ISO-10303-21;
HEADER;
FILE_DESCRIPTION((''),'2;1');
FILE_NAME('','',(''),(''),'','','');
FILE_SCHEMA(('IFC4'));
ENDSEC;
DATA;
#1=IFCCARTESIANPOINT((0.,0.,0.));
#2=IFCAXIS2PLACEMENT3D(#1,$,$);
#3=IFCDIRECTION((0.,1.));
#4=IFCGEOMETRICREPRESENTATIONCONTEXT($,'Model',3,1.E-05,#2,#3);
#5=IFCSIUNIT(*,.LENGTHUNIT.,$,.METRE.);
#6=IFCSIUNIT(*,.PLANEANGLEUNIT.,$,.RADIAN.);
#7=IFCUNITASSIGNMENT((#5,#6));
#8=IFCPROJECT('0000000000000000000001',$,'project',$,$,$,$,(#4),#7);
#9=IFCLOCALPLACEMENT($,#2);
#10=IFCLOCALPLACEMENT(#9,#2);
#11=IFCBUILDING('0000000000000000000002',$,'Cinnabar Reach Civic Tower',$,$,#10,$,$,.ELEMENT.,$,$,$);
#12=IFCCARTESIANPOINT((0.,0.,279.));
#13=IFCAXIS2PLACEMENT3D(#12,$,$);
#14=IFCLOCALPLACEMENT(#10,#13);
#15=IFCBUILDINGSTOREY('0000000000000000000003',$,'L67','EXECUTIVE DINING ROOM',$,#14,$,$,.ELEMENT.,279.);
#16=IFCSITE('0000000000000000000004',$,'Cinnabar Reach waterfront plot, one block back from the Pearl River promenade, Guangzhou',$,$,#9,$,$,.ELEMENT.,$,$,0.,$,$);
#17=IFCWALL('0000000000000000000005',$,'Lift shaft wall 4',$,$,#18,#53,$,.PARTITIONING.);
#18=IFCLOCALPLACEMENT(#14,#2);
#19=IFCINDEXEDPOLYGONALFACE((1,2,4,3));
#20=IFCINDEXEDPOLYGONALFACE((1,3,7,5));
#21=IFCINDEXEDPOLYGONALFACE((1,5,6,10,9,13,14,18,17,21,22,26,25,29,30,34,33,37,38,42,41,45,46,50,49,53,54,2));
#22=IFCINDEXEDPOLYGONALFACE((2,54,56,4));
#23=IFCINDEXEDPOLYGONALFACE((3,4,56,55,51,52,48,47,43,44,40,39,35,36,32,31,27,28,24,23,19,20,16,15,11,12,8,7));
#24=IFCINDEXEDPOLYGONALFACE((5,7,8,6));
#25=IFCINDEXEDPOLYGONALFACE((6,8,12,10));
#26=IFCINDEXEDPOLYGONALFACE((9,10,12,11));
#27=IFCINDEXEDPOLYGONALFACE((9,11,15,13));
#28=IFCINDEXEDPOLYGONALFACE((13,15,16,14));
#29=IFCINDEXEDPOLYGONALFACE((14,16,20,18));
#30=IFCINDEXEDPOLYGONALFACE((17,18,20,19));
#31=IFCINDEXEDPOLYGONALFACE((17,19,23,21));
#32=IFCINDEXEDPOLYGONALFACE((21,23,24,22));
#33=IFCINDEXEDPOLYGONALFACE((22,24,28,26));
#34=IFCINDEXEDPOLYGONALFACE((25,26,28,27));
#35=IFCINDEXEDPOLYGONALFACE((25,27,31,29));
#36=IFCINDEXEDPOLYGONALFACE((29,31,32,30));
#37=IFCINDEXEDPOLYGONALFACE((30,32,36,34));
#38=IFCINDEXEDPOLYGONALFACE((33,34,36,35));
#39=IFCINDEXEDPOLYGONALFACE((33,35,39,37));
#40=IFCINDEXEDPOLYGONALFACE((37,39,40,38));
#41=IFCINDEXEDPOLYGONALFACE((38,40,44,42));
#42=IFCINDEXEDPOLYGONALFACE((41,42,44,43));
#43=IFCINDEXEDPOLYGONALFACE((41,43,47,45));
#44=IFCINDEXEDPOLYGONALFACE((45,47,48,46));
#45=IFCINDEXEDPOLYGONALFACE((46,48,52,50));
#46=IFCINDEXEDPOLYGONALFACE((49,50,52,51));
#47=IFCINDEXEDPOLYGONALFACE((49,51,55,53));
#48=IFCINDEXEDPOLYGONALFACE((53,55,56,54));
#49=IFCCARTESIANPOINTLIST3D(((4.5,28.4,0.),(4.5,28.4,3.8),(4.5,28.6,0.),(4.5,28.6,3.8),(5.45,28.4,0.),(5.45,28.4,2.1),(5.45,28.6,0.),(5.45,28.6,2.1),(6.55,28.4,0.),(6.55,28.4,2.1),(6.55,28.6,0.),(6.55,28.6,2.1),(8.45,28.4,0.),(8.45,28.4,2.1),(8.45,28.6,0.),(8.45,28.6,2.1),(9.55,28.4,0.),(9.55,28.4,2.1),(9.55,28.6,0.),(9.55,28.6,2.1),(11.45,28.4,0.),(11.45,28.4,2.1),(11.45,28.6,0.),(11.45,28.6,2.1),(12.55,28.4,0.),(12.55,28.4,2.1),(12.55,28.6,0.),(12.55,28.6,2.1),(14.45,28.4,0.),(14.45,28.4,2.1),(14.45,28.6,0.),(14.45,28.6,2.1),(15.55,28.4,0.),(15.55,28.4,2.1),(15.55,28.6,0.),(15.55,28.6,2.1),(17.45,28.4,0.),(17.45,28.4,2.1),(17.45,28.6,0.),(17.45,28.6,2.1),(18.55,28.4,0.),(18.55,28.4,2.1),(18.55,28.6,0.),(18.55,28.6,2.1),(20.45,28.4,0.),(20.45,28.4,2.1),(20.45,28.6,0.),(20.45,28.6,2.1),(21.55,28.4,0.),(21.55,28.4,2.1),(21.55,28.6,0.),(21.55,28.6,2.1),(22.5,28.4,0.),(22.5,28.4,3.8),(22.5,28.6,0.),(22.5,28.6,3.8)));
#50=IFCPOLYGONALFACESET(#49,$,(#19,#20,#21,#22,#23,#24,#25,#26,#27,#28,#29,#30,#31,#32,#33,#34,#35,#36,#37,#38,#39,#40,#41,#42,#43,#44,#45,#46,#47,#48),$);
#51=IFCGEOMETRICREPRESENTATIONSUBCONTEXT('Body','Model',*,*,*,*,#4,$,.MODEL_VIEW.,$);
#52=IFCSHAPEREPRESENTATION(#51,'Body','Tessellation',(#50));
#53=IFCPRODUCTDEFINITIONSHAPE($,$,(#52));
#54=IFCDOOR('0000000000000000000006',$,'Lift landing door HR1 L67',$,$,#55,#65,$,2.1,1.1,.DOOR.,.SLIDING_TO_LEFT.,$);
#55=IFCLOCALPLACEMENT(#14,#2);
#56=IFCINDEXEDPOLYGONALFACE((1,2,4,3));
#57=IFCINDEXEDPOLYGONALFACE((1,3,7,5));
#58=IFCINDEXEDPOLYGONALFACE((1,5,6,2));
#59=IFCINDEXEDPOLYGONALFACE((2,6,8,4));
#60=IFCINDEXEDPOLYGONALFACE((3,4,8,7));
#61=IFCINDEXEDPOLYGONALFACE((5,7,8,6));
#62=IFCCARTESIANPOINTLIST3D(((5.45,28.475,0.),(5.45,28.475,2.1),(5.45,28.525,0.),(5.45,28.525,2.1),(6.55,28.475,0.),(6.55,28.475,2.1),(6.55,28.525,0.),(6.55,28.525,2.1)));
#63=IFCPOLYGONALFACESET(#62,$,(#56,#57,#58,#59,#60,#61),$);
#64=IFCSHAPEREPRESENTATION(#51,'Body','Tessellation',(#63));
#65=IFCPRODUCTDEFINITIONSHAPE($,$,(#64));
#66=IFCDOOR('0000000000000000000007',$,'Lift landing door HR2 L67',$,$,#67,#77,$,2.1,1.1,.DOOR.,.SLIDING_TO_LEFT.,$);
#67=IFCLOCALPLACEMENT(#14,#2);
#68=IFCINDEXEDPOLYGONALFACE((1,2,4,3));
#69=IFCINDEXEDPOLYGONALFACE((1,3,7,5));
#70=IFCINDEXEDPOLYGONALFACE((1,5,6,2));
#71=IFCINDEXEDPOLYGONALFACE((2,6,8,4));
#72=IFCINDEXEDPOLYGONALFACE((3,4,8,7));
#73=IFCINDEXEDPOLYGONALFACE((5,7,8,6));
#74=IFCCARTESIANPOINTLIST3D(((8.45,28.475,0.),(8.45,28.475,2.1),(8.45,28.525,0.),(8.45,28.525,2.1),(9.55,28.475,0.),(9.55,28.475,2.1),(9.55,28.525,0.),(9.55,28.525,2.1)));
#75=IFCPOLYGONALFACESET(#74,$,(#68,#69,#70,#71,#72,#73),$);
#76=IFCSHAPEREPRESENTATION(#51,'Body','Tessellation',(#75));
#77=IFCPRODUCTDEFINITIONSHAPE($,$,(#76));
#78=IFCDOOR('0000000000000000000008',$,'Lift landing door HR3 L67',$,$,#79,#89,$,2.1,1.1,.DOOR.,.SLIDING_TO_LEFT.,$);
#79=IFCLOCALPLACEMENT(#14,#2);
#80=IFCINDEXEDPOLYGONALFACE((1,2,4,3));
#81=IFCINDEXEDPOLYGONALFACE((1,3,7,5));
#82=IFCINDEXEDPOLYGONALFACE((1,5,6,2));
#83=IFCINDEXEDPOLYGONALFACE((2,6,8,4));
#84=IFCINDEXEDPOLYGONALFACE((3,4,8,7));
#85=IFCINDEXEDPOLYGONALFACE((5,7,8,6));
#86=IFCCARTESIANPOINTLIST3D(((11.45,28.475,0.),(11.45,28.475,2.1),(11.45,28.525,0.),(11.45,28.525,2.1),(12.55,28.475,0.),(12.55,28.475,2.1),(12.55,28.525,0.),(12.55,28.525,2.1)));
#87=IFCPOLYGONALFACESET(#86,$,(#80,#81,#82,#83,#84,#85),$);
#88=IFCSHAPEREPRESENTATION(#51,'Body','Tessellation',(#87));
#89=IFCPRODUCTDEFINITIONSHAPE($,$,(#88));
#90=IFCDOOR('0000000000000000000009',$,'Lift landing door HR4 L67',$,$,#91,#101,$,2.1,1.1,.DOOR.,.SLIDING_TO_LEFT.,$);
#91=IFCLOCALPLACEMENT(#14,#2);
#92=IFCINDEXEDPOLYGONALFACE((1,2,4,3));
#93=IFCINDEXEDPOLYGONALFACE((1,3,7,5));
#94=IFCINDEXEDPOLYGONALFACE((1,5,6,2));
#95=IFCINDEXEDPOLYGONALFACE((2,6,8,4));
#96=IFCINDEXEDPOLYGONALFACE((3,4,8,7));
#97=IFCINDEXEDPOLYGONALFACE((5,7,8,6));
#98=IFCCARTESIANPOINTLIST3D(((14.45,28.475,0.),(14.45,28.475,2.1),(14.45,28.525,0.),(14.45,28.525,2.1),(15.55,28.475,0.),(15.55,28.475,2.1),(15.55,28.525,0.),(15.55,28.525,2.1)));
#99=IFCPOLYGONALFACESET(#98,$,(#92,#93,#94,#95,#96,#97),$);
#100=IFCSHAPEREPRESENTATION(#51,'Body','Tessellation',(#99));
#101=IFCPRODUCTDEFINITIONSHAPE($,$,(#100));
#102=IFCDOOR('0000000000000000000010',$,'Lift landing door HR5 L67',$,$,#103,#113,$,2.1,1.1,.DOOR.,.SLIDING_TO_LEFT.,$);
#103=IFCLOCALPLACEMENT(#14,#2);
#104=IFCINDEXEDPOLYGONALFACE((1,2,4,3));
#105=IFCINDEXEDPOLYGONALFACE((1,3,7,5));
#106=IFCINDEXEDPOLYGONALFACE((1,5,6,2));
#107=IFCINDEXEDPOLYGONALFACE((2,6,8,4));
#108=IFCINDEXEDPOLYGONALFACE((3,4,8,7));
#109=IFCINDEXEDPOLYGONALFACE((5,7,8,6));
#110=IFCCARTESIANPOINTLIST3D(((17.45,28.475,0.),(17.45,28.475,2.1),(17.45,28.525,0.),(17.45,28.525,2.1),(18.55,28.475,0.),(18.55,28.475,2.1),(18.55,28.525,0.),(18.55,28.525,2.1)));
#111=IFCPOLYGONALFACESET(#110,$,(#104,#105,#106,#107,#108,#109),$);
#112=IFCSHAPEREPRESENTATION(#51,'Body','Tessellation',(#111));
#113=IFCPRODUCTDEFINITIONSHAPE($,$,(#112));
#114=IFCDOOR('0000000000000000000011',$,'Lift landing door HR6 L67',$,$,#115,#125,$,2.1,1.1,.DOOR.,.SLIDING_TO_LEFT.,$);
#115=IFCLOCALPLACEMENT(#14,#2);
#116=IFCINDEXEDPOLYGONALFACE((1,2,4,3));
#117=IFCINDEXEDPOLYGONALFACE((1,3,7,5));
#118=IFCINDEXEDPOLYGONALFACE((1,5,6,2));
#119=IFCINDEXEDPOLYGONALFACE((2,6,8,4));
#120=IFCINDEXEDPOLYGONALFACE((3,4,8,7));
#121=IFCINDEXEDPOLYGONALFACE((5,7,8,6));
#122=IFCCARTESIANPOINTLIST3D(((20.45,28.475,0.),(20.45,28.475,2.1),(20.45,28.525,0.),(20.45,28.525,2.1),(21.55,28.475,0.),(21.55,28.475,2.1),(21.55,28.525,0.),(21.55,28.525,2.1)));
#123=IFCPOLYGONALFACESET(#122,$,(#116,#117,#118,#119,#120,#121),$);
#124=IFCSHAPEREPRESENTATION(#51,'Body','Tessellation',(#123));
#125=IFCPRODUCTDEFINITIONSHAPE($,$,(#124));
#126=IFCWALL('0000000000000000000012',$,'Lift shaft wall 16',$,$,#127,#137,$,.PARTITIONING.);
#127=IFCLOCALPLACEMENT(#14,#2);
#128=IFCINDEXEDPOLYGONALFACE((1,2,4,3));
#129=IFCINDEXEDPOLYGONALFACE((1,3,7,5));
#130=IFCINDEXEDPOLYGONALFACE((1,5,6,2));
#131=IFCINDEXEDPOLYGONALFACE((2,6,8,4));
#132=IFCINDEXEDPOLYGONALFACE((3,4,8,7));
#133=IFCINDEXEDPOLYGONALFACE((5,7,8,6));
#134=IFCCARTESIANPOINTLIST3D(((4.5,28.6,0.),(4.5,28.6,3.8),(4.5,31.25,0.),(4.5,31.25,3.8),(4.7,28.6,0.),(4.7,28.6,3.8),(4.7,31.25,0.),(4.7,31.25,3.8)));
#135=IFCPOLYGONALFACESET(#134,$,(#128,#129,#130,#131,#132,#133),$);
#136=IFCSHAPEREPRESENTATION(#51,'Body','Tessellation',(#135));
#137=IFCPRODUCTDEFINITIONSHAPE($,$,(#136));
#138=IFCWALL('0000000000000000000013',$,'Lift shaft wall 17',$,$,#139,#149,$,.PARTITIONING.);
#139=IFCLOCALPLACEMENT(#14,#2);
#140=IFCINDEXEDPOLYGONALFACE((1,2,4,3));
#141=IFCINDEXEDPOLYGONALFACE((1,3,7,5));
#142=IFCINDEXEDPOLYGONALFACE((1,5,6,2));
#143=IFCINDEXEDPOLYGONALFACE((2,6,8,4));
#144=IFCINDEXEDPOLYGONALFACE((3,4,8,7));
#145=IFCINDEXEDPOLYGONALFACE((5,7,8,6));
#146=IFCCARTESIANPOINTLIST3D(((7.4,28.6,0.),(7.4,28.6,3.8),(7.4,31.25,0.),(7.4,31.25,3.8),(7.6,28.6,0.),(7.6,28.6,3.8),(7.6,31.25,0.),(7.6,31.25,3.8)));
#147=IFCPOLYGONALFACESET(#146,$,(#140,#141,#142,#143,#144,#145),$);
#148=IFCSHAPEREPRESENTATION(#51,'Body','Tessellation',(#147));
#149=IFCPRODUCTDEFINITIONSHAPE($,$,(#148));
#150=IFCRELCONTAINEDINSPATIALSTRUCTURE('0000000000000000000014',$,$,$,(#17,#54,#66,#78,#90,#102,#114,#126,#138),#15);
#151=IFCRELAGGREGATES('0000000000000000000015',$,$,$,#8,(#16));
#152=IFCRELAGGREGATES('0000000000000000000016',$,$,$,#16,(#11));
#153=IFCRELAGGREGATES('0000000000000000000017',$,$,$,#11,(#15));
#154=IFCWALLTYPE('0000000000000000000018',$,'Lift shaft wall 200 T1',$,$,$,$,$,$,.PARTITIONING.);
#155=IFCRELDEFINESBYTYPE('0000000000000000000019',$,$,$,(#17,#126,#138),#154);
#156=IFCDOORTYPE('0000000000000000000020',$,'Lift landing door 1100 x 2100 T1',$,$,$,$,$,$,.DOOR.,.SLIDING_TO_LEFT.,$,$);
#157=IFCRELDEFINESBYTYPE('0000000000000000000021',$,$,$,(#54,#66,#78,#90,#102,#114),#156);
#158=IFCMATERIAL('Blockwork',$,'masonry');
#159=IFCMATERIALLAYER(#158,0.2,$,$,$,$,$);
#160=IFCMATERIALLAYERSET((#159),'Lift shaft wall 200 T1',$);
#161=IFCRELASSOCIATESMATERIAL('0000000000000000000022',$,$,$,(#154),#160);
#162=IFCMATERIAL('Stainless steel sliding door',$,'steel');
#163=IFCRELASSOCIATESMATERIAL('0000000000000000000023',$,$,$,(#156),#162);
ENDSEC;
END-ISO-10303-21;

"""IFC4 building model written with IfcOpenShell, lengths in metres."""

from ifc_helpers import new_model, si_unit, direction, frame, frame_2d, origin, place, context, subcontext, project, spatial, rectangle, extrude, material, layer, layer_set, type_object, element, fill, save


model = new_model("IFC4")

# Units and contexts
model_context = context("Model", 3, precision=1e-05, world=origin(), true_north=direction((0.0, 1.0)))
body_context = subcontext(model_context, "Body", "Model", "MODEL_VIEW")
ifc_project = project(units=[si_unit("LENGTHUNIT", "METRE"), si_unit("PLANEANGLEUNIT", "RADIAN")], contexts=[model_context])

# Site, building, storey
site_placement = place(None, origin())
site = spatial("IfcSite", under=ifc_project, at=site_placement, Name="Cinnabar Reach waterfront plot, one block back from the Pearl River promenade, Guangzhou", CompositionType="ELEMENT", RefElevation=0.0)
building_placement = place(site_placement, origin())
building = spatial("IfcBuilding", under=site, at=building_placement, Name="Cinnabar Reach Civic Tower", CompositionType="ELEMENT")
storey_placement = place(building_placement, frame((0.0, 0.0, 279.0)))
storey = spatial("IfcBuildingStorey", under=building, at=storey_placement, Name="L67", Description="EXECUTIVE DINING ROOM", CompositionType="ELEMENT", Elevation=279.0)

# Wall, openings, doors
ifc_material_1 = material(Name="Blockwork", Category="masonry")
ifc_layer_1 = layer(ifc_material_1, 0.2)
ifc_layer_set_1 = layer_set([ifc_layer_1], Name="Lift shaft wall 200 T1")
wall_type_1 = type_object("IfcWallType", Name="Lift shaft wall 200 T1", PredefinedType="PARTITIONING", material=ifc_layer_set_1)
wall_1_placement = place(storey_placement, frame((4.5, 28.5, 0.0), z_axis=(0.0, 0.0, 1.0), x_axis=(1.0, 0.0, 0.0)))
wall_1 = element("IfcWall", 1, at=wall_1_placement, inside=storey, type_object=wall_type_1, Name="Lift shaft wall 4", PredefinedType="PARTITIONING", context=body_context, shape_type="SweptSolid", body=[
    extrude(rectangle(XDim=18.0, YDim=0.2, at=frame_2d((9.0, 0.0))), origin(), (0.0, 0.0, 1.0), 3.8),
])
opening_1_placement = place(wall_1_placement, frame((0.95, 0.0, 0.0)))
opening_1 = element("IfcOpeningElement", 2, at=opening_1_placement, cuts=wall_1, PredefinedType="OPENING", context=body_context, shape_type="SweptSolid", body=[
    extrude(rectangle(XDim=1.1, YDim=2.1, at=frame_2d((0.55, 1.05))), frame((0.0, 0.11, 0.0), z_axis=(0.0, -1.0, 0.0), x_axis=(1.0, 0.0, 0.0)), (0.0, 0.0, 1.0), 0.22),
])
opening_2_placement = place(wall_1_placement, frame((3.95, 0.0, 0.0)))
opening_2 = element("IfcOpeningElement", 3, at=opening_2_placement, cuts=wall_1, PredefinedType="OPENING", context=body_context, shape_type="SweptSolid", body=[
    extrude(rectangle(XDim=1.1, YDim=2.1, at=frame_2d((0.55, 1.05))), frame((0.0, 0.11, 0.0), z_axis=(0.0, -1.0, 0.0), x_axis=(1.0, 0.0, 0.0)), (0.0, 0.0, 1.0), 0.22),
])
opening_3_placement = place(wall_1_placement, frame((6.95, 0.0, 0.0)))
opening_3 = element("IfcOpeningElement", 4, at=opening_3_placement, cuts=wall_1, PredefinedType="OPENING", context=body_context, shape_type="SweptSolid", body=[
    extrude(rectangle(XDim=1.1, YDim=2.1, at=frame_2d((0.55, 1.05))), frame((0.0, 0.11, 0.0), z_axis=(0.0, -1.0, 0.0), x_axis=(1.0, 0.0, 0.0)), (0.0, 0.0, 1.0), 0.22),
])
opening_4_placement = place(wall_1_placement, frame((9.95, 0.0, 0.0)))
opening_4 = element("IfcOpeningElement", 5, at=opening_4_placement, cuts=wall_1, PredefinedType="OPENING", context=body_context, shape_type="SweptSolid", body=[
    extrude(rectangle(XDim=1.1, YDim=2.1, at=frame_2d((0.55, 1.05))), frame((0.0, 0.11, 0.0), z_axis=(0.0, -1.0, 0.0), x_axis=(1.0, 0.0, 0.0)), (0.0, 0.0, 1.0), 0.22),
])
opening_5_placement = place(wall_1_placement, frame((12.95, 0.0, 0.0)))
opening_5 = element("IfcOpeningElement", 6, at=opening_5_placement, cuts=wall_1, PredefinedType="OPENING", context=body_context, shape_type="SweptSolid", body=[
    extrude(rectangle(XDim=1.1, YDim=2.1, at=frame_2d((0.55, 1.05))), frame((0.0, 0.11, 0.0), z_axis=(0.0, -1.0, 0.0), x_axis=(1.0, 0.0, 0.0)), (0.0, 0.0, 1.0), 0.22),
])
opening_6_placement = place(wall_1_placement, frame((15.95, 0.0, 0.0)))
opening_6 = element("IfcOpeningElement", 7, at=opening_6_placement, cuts=wall_1, PredefinedType="OPENING", context=body_context, shape_type="SweptSolid", body=[
    extrude(rectangle(XDim=1.1, YDim=2.1, at=frame_2d((0.55, 1.05))), frame((0.0, 0.11, 0.0), z_axis=(0.0, -1.0, 0.0), x_axis=(1.0, 0.0, 0.0)), (0.0, 0.0, 1.0), 0.22),
])
ifc_material_2 = material(Name="Stainless steel sliding door", Category="steel")
door_type_1 = type_object("IfcDoorType", Name="Lift landing door 1100 x 2100 T1", OperationType="SLIDING_TO_LEFT", PredefinedType="DOOR", material=ifc_material_2)
door_1_placement = place(opening_1_placement, origin())
door_1 = element("IfcDoor", 8, at=door_1_placement, inside=storey, type_object=door_type_1, Name="Lift landing door HR1 L67", OperationType="SLIDING_TO_LEFT", OverallHeight=2.1, OverallWidth=1.1, PredefinedType="DOOR", context=body_context, shape_type="SweptSolid", body=[
    extrude(rectangle(XDim=1.1, YDim=2.1, at=frame_2d((0.55, 1.05))), frame((0.0, 0.025, 0.0), z_axis=(0.0, -1.0, 0.0), x_axis=(1.0, 0.0, 0.0)), (0.0, 0.0, 1.0), 0.05),
])
fill(opening_1, door_1)
door_2_placement = place(opening_2_placement, origin())
door_2 = element("IfcDoor", 9, at=door_2_placement, inside=storey, type_object=door_type_1, Name="Lift landing door HR2 L67", OperationType="SLIDING_TO_LEFT", OverallHeight=2.1, OverallWidth=1.1, PredefinedType="DOOR", context=body_context, shape_type="SweptSolid", body=[
    extrude(rectangle(XDim=1.1, YDim=2.1, at=frame_2d((0.55, 1.05))), frame((0.0, 0.025, 0.0), z_axis=(0.0, -1.0, 0.0), x_axis=(1.0, 0.0, 0.0)), (0.0, 0.0, 1.0), 0.05),
])
fill(opening_2, door_2)
door_3_placement = place(opening_3_placement, origin())
door_3 = element("IfcDoor", 10, at=door_3_placement, inside=storey, type_object=door_type_1, Name="Lift landing door HR3 L67", OperationType="SLIDING_TO_LEFT", OverallHeight=2.1, OverallWidth=1.1, PredefinedType="DOOR", context=body_context, shape_type="SweptSolid", body=[
    extrude(rectangle(XDim=1.1, YDim=2.1, at=frame_2d((0.55, 1.05))), frame((0.0, 0.025, 0.0), z_axis=(0.0, -1.0, 0.0), x_axis=(1.0, 0.0, 0.0)), (0.0, 0.0, 1.0), 0.05),
])
fill(opening_3, door_3)
door_4_placement = place(opening_4_placement, origin())
door_4 = element("IfcDoor", 11, at=door_4_placement, inside=storey, type_object=door_type_1, Name="Lift landing door HR4 L67", OperationType="SLIDING_TO_LEFT", OverallHeight=2.1, OverallWidth=1.1, PredefinedType="DOOR", context=body_context, shape_type="SweptSolid", body=[
    extrude(rectangle(XDim=1.1, YDim=2.1, at=frame_2d((0.55, 1.05))), frame((0.0, 0.025, 0.0), z_axis=(0.0, -1.0, 0.0), x_axis=(1.0, 0.0, 0.0)), (0.0, 0.0, 1.0), 0.05),
])
fill(opening_4, door_4)
door_5_placement = place(opening_5_placement, origin())
door_5 = element("IfcDoor", 12, at=door_5_placement, inside=storey, type_object=door_type_1, Name="Lift landing door HR5 L67", OperationType="SLIDING_TO_LEFT", OverallHeight=2.1, OverallWidth=1.1, PredefinedType="DOOR", context=body_context, shape_type="SweptSolid", body=[
    extrude(rectangle(XDim=1.1, YDim=2.1, at=frame_2d((0.55, 1.05))), frame((0.0, 0.025, 0.0), z_axis=(0.0, -1.0, 0.0), x_axis=(1.0, 0.0, 0.0)), (0.0, 0.0, 1.0), 0.05),
])
fill(opening_5, door_5)
door_6_placement = place(opening_6_placement, origin())
door_6 = element("IfcDoor", 13, at=door_6_placement, inside=storey, type_object=door_type_1, Name="Lift landing door HR6 L67", OperationType="SLIDING_TO_LEFT", OverallHeight=2.1, OverallWidth=1.1, PredefinedType="DOOR", context=body_context, shape_type="SweptSolid", body=[
    extrude(rectangle(XDim=1.1, YDim=2.1, at=frame_2d((0.55, 1.05))), frame((0.0, 0.025, 0.0), z_axis=(0.0, -1.0, 0.0), x_axis=(1.0, 0.0, 0.0)), (0.0, 0.0, 1.0), 0.05),
])
fill(opening_6, door_6)

# Walls
for number, where, z_axis, x_axis, name in (
    (14, (4.6, 28.6, 0.0), (0.0, 0.0, 1.0), (0.0, 1.0, 0.0), "Lift shaft wall 16"),
    (15, (7.5, 28.6, 0.0), (0.0, 0.0, 1.0), (0.0, 1.0, 0.0), "Lift shaft wall 17"),
):
    element("IfcWall", number, at=place(storey_placement, frame(where, z_axis=z_axis, x_axis=x_axis)), inside=storey, type_object=wall_type_1, Name=name, PredefinedType="PARTITIONING", context=body_context, shape_type="SweptSolid", body=[
        extrude(rectangle(XDim=2.65, YDim=0.2, at=frame_2d((1.325, 0.0))), origin(), (0.0, 0.0, 1.0), 3.8),
    ])

save(model, "model.ifc")
